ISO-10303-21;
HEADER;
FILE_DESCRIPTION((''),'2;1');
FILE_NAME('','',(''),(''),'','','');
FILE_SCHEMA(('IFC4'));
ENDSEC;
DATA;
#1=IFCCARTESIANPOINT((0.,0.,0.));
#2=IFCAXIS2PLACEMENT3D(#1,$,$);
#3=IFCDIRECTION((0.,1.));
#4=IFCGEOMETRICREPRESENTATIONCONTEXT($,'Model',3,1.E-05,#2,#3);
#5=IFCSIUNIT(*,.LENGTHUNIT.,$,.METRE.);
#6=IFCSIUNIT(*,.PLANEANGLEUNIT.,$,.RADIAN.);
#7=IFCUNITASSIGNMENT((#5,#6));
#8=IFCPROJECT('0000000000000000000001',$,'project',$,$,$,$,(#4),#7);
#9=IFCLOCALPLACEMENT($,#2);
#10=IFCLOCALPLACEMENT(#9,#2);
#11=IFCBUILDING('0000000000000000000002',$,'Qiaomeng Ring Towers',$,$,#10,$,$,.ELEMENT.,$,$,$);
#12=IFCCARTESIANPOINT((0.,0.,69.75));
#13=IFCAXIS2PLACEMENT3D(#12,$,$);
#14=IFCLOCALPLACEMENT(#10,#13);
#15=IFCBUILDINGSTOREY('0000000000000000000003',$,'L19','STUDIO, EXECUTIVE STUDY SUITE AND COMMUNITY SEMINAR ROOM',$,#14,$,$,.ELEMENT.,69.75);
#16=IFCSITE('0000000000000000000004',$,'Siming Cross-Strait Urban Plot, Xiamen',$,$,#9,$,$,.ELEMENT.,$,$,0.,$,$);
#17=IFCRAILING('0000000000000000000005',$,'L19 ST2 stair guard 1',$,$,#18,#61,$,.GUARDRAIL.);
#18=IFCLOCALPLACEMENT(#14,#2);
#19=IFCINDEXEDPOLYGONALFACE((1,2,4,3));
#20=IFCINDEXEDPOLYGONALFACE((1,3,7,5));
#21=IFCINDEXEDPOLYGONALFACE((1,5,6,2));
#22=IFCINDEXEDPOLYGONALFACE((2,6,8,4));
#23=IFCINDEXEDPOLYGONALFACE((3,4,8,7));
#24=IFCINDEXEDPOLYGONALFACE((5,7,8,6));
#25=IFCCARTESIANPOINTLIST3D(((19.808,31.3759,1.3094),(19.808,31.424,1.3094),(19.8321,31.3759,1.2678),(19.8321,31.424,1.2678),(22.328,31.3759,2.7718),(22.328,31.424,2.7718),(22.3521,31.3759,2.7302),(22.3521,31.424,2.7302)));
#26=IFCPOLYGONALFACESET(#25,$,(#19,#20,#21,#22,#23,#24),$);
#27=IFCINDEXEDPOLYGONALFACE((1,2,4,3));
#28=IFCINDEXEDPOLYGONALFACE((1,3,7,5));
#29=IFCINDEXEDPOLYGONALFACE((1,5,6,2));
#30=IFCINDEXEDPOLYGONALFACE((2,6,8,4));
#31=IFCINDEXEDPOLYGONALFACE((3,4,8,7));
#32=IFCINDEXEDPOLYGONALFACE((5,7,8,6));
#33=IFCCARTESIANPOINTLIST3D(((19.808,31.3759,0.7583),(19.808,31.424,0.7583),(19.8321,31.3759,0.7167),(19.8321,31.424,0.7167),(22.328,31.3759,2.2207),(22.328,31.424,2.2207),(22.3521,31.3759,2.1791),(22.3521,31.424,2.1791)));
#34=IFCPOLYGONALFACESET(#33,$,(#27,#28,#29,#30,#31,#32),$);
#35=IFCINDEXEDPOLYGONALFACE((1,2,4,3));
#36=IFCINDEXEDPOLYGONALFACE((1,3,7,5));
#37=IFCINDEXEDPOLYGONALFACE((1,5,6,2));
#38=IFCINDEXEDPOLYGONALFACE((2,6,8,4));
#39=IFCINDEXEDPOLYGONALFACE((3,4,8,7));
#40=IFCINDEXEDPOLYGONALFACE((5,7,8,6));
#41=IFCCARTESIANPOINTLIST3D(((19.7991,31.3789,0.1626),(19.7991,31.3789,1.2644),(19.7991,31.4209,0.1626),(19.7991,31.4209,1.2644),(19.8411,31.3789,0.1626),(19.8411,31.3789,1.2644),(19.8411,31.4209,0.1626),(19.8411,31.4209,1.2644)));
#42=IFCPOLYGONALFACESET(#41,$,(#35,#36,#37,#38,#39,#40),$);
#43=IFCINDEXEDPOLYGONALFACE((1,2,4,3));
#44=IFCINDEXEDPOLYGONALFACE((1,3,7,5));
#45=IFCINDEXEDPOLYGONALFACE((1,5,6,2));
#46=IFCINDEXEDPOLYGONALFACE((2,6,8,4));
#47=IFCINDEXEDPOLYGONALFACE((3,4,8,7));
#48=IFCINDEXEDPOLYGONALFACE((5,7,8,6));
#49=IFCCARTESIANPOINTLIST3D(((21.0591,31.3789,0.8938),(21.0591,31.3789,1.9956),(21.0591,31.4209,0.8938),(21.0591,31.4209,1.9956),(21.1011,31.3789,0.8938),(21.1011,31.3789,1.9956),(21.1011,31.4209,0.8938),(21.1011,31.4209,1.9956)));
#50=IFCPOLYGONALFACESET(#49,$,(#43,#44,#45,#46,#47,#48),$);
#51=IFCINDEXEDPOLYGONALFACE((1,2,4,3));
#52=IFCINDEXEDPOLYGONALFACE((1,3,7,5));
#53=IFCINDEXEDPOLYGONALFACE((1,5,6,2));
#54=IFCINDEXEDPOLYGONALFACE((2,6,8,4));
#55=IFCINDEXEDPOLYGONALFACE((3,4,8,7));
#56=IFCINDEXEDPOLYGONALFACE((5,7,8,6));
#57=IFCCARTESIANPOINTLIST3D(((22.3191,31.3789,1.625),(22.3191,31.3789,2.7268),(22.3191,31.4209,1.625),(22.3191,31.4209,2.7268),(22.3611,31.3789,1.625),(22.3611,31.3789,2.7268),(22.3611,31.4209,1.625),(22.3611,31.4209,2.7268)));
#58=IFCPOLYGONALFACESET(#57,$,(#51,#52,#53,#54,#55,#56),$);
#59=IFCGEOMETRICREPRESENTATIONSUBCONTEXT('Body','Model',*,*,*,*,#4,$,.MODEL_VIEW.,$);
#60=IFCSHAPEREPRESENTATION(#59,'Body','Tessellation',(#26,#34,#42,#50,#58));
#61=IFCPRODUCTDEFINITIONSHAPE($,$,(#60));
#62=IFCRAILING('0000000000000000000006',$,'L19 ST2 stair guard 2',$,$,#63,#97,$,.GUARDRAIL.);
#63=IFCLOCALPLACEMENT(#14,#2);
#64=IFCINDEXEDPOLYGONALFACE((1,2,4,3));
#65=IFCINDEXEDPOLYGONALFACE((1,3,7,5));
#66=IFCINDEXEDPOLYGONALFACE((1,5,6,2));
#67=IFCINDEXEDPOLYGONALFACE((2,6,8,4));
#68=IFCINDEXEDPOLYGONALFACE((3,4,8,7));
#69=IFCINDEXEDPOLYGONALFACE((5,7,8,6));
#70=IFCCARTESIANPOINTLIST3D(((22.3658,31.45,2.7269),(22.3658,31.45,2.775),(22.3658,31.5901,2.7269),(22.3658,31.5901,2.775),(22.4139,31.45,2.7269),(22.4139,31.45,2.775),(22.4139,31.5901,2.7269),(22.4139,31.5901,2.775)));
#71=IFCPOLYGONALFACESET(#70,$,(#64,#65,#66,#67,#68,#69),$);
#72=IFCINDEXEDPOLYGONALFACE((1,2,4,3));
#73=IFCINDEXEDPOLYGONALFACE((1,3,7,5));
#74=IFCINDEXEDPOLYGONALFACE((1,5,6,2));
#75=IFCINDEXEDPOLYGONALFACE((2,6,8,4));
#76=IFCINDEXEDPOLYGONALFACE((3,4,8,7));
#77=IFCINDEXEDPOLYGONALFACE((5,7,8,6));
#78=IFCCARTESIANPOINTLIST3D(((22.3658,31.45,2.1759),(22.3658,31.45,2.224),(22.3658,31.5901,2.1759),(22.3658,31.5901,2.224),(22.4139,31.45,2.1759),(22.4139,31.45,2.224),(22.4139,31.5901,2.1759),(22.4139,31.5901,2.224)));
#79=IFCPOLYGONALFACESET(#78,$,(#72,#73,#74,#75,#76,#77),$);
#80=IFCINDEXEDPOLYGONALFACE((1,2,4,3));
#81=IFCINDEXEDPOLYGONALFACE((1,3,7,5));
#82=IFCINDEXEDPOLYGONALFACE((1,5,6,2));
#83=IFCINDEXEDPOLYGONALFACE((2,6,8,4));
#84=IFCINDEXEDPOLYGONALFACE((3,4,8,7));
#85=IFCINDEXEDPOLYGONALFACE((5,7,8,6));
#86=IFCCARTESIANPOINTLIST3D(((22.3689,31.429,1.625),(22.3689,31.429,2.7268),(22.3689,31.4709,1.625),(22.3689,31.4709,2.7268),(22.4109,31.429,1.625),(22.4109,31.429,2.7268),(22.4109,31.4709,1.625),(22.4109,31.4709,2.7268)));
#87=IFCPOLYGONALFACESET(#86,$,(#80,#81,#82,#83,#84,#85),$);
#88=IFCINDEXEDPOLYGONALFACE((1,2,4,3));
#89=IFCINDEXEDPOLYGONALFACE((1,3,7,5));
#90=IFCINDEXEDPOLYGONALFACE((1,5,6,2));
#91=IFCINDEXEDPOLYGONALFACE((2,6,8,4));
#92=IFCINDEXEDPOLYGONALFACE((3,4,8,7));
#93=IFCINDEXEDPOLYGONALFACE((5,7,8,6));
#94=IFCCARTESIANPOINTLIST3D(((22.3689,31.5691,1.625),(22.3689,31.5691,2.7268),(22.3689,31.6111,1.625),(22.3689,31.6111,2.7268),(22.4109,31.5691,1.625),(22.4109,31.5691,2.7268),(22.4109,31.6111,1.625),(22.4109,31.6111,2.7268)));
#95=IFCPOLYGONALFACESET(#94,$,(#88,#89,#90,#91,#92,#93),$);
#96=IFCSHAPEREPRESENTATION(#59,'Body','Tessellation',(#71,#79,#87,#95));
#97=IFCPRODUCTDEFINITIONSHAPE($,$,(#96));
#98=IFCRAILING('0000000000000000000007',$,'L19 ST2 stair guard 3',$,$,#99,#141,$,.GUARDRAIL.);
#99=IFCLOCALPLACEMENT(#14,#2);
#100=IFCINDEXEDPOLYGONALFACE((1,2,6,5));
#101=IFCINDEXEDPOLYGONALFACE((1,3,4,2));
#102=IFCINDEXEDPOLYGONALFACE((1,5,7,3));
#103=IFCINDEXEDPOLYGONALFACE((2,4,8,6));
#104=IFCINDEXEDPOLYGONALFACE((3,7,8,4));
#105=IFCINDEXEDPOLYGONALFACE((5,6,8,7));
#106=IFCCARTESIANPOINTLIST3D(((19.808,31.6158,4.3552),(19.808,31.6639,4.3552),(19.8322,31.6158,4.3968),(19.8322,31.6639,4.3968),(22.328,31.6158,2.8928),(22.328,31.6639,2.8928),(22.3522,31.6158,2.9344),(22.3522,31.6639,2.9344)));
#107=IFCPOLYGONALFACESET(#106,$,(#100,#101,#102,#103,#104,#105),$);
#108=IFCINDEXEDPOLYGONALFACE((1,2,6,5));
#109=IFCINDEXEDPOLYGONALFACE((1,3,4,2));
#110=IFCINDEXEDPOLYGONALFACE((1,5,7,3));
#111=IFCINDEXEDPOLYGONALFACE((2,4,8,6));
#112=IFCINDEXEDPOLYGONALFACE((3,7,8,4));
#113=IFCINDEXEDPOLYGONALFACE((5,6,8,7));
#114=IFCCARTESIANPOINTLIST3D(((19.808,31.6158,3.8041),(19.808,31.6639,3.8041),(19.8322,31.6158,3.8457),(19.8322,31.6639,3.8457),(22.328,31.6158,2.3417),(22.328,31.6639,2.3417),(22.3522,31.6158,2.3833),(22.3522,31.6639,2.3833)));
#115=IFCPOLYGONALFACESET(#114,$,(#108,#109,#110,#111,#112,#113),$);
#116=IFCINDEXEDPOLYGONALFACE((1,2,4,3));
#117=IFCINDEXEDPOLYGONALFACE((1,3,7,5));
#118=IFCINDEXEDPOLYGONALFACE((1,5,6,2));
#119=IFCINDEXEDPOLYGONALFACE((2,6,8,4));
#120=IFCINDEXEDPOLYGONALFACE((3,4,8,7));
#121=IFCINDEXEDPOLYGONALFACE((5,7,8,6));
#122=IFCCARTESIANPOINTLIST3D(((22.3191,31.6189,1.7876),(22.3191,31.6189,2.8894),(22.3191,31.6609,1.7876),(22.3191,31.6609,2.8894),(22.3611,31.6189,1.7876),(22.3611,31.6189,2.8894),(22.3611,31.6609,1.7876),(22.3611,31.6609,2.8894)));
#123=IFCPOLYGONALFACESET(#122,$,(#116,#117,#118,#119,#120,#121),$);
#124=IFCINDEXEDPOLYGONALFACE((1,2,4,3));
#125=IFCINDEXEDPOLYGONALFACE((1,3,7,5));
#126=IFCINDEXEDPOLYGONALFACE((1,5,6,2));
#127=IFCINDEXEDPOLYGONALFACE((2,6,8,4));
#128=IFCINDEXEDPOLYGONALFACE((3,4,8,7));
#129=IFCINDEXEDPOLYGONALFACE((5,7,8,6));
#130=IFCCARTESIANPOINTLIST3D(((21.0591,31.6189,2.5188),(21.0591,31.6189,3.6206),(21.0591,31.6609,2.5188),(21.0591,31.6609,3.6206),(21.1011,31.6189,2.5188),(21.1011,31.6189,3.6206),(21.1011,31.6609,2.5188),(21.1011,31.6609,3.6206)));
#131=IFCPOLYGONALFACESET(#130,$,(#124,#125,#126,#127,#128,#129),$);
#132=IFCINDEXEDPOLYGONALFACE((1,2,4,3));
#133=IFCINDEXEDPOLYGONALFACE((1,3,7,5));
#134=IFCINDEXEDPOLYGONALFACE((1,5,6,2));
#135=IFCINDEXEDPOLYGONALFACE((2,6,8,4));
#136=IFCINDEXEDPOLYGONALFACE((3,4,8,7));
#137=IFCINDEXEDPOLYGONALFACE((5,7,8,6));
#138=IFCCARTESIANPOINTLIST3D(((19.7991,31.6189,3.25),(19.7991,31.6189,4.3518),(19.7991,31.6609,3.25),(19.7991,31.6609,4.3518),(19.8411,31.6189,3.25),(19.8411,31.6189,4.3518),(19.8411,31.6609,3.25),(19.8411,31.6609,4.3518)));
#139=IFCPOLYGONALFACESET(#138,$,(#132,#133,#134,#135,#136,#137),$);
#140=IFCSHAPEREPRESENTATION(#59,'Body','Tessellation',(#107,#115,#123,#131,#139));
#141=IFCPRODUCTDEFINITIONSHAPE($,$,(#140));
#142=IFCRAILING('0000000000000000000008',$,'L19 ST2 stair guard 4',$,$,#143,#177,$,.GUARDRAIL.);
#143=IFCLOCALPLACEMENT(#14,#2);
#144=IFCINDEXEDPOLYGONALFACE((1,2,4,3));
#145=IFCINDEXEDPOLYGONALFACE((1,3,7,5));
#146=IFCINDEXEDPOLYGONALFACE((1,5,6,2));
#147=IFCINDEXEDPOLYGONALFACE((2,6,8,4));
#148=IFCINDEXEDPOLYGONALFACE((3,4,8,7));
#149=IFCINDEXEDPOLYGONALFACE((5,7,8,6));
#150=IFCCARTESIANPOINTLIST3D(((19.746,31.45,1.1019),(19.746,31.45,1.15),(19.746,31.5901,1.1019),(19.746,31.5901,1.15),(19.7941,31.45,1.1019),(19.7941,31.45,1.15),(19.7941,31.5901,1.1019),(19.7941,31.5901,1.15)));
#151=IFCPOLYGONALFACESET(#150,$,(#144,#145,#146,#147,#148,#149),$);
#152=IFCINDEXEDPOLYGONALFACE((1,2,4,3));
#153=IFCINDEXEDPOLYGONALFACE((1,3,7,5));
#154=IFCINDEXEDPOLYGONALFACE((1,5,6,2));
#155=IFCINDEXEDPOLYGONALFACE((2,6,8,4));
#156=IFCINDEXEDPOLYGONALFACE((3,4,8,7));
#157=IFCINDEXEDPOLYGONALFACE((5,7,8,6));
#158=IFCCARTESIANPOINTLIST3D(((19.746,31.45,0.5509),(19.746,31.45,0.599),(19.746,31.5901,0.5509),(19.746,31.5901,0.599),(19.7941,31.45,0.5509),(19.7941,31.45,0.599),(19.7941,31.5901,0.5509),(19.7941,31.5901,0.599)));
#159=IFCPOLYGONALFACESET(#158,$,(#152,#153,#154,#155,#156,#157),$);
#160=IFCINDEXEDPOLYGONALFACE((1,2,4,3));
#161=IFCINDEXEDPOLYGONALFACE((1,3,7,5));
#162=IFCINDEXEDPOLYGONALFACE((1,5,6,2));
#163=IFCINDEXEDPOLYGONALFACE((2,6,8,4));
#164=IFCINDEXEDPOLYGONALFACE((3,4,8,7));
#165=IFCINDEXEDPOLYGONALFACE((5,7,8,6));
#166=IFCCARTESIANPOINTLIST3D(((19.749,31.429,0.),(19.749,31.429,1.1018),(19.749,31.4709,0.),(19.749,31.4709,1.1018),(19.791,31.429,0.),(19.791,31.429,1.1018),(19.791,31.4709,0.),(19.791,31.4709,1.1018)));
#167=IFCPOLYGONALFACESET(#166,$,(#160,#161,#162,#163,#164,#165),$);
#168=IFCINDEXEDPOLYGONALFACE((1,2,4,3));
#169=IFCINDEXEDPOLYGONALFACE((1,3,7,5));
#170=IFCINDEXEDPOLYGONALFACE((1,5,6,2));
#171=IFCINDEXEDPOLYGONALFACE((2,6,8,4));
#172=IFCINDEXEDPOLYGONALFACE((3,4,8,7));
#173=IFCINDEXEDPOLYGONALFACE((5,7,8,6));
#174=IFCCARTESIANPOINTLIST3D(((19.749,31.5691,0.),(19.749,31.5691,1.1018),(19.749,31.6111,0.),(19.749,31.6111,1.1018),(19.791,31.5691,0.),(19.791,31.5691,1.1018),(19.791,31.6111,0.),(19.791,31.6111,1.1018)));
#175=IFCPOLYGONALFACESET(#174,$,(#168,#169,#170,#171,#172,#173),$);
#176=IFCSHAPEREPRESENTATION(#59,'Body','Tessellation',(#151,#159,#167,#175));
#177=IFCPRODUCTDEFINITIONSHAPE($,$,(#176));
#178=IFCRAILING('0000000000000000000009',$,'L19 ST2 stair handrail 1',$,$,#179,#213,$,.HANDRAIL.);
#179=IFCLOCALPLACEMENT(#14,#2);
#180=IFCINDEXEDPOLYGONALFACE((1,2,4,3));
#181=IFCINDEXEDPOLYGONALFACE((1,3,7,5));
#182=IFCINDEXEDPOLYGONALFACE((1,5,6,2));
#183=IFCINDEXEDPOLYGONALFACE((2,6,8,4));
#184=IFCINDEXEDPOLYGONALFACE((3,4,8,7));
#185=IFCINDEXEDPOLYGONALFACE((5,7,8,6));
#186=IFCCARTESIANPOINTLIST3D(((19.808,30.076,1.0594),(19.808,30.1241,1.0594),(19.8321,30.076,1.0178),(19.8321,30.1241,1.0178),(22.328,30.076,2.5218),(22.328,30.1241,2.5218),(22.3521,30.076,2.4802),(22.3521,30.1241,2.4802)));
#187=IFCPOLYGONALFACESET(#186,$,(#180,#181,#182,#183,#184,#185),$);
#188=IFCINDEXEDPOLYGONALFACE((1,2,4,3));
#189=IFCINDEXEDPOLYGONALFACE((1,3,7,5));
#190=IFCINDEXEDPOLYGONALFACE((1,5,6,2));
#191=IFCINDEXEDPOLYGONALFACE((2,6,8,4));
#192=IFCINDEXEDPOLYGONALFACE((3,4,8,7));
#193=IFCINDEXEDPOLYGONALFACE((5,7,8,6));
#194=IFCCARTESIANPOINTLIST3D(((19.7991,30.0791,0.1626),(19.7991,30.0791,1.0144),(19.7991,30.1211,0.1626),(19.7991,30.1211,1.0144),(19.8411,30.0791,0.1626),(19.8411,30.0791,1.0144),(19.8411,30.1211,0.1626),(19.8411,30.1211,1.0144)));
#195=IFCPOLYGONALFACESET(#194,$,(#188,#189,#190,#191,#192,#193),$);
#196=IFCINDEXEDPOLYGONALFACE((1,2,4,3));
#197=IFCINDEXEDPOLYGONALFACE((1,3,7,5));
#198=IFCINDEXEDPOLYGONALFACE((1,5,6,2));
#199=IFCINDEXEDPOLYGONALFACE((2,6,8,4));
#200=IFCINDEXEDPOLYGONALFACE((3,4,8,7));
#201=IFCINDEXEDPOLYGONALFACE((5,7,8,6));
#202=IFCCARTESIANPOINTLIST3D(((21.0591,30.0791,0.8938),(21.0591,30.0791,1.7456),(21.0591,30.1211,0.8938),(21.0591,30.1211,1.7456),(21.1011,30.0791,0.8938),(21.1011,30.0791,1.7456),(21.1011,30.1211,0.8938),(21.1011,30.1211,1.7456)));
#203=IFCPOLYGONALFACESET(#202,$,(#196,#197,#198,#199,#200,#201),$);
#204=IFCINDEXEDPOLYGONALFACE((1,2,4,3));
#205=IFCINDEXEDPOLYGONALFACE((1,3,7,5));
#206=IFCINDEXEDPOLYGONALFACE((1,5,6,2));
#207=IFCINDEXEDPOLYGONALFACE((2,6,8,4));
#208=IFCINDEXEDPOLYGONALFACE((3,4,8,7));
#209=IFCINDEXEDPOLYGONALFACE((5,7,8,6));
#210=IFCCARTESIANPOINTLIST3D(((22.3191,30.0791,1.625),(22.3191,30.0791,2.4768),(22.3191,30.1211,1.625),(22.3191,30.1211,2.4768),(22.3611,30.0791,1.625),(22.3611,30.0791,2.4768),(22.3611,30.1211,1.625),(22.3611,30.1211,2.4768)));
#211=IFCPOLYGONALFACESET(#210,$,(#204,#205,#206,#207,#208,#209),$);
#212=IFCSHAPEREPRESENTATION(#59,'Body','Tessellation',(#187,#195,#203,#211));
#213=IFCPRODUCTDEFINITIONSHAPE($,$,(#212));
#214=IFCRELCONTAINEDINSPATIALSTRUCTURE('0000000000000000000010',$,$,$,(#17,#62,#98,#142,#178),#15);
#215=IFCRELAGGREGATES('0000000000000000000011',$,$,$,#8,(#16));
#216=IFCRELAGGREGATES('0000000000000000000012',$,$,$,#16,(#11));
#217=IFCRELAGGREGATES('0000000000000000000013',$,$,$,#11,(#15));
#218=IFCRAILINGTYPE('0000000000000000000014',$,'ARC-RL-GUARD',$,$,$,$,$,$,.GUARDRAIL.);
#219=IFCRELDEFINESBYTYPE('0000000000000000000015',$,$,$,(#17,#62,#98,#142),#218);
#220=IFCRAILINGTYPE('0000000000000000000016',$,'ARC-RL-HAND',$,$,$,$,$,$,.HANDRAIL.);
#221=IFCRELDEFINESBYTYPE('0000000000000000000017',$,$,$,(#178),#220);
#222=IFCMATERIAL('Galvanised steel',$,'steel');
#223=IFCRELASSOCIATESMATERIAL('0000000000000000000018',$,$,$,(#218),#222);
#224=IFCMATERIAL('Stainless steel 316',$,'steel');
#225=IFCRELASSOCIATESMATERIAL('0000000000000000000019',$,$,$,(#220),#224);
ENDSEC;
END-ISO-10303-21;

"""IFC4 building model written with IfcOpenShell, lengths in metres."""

from ifc_helpers import new_model, si_unit, direction, frame, origin, origin_2d, place, context, subcontext, project, spatial, rectangle, extrude, material, type_object, element, save


model = new_model("IFC4")

# Units and contexts
model_context = context("Model", 3, precision=1e-05, world=origin(), true_north=direction((0.0, 1.0)))
body_context = subcontext(model_context, "Body", "Model", "MODEL_VIEW")
ifc_project = project(units=[si_unit("LENGTHUNIT", "METRE"), si_unit("PLANEANGLEUNIT", "RADIAN")], contexts=[model_context])

# Site, building, storey
site_placement = place(None, origin())
site = spatial("IfcSite", under=ifc_project, at=site_placement, Name="Siming Cross-Strait Urban Plot, Xiamen", CompositionType="ELEMENT", RefElevation=0.0)
building_placement = place(site_placement, origin())
building = spatial("IfcBuilding", under=site, at=building_placement, Name="Qiaomeng Ring Towers", CompositionType="ELEMENT")
storey_placement = place(building_placement, frame((0.0, 0.0, 69.75)))
storey = spatial("IfcBuildingStorey", under=building, at=storey_placement, Name="L19", Description="STUDIO, EXECUTIVE STUDY SUITE AND COMMUNITY SEMINAR ROOM", CompositionType="ELEMENT", Elevation=69.75)

# Shared definitions
ifc_material_1 = material(Name="Stainless steel 316", Category="steel")

# Railings
ifc_material_2 = material(Name="Galvanised steel", Category="steel")
railing_type_1 = type_object("IfcRailingType", Name="ARC-RL-GUARD", PredefinedType="GUARDRAIL", material=ifc_material_2)
railing_1_placement = place(storey_placement, frame((19.8201, 31.3999, 0.1626)))
element("IfcRailing", 1, at=railing_1_placement, inside=storey, type_object=railing_type_1, Name="L19 ST2 stair guard 1", PredefinedType="GUARDRAIL", context=body_context, shape_type="SweptSolid", body=[
    extrude(rectangle(XDim=0.0481, YDim=0.0481, at=origin_2d()), frame((0.0, 0.0, 1.126), z_axis=(0.864913, 0.0, 0.501921), x_axis=(0.0, 1.0, 0.0)), (0.0, 0.0, 1.0), 2.9136),
    extrude(rectangle(XDim=0.0481, YDim=0.0481, at=origin_2d()), frame((0.0, 0.0, 0.575), z_axis=(0.864913, 0.0, 0.501921), x_axis=(0.0, 1.0, 0.0)), (0.0, 0.0, 1.0), 2.9136),
    extrude(rectangle(XDim=0.042, YDim=0.042, at=origin_2d()), origin(), (0.0, 0.0, 1.0), 1.1018),
    extrude(rectangle(XDim=0.042, YDim=0.042, at=origin_2d()), frame((1.26, 0.0, 0.7312)), (0.0, 0.0, 1.0), 1.1018),
    extrude(rectangle(XDim=0.042, YDim=0.042, at=origin_2d()), frame((2.52, 0.0, 1.4624)), (0.0, 0.0, 1.0), 1.1018),
])
railing_2_placement = place(storey_placement, frame((22.3899, 31.45, 1.625)))
element("IfcRailing", 2, at=railing_2_placement, inside=storey, type_object=railing_type_1, Name="L19 ST2 stair guard 2", PredefinedType="GUARDRAIL", context=body_context, shape_type="SweptSolid", body=[
    extrude(rectangle(XDim=0.0481, YDim=0.0481, at=origin_2d()), frame((0.0, 0.0, 1.126), z_axis=(0.0, 1.0, 0.0), x_axis=(-1.0, 0.0, 0.0)), (0.0, 0.0, 1.0), 0.1401),
    extrude(rectangle(XDim=0.0481, YDim=0.0481, at=origin_2d()), frame((0.0, 0.0, 0.575), z_axis=(0.0, 1.0, 0.0), x_axis=(-1.0, 0.0, 0.0)), (0.0, 0.0, 1.0), 0.1401),
    extrude(rectangle(XDim=0.042, YDim=0.042, at=origin_2d()), origin(), (0.0, 0.0, 1.0), 1.1018),
    extrude(rectangle(XDim=0.042, YDim=0.042, at=origin_2d()), frame((0.0, 0.1401, 0.0)), (0.0, 0.0, 1.0), 1.1018),
])
railing_3_placement = place(storey_placement, frame((22.3401, 31.6399, 1.7876)))
element("IfcRailing", 3, at=railing_3_placement, inside=storey, type_object=railing_type_1, Name="L19 ST2 stair guard 3", PredefinedType="GUARDRAIL", context=body_context, shape_type="SweptSolid", body=[
    extrude(rectangle(XDim=0.0481, YDim=0.0481, at=origin_2d()), frame((0.0, 0.0, 1.126), z_axis=(-0.864913, 0.0, 0.501921), x_axis=(0.0, -1.0, 0.0)), (0.0, 0.0, 1.0), 2.9136),
    extrude(rectangle(XDim=0.0481, YDim=0.0481, at=origin_2d()), frame((0.0, 0.0, 0.575), z_axis=(-0.864913, 0.0, 0.501921), x_axis=(0.0, -1.0, 0.0)), (0.0, 0.0, 1.0), 2.9136),
    extrude(rectangle(XDim=0.042, YDim=0.042, at=origin_2d()), origin(), (0.0, 0.0, 1.0), 1.1018),
    extrude(rectangle(XDim=0.042, YDim=0.042, at=origin_2d()), frame((-1.26, 0.0, 0.7312)), (0.0, 0.0, 1.0), 1.1018),
    extrude(rectangle(XDim=0.042, YDim=0.042, at=origin_2d()), frame((-2.52, 0.0, 1.4624)), (0.0, 0.0, 1.0), 1.1018),
])
railing_4_placement = place(storey_placement, frame((19.77, 31.45, 0.0)))
element("IfcRailing", 4, at=railing_4_placement, inside=storey, type_object=railing_type_1, Name="L19 ST2 stair guard 4", PredefinedType="GUARDRAIL", context=body_context, shape_type="SweptSolid", body=[
    extrude(rectangle(XDim=0.0481, YDim=0.0481, at=origin_2d()), frame((0.0, 0.0, 1.126), z_axis=(0.0, 1.0, 0.0), x_axis=(-1.0, 0.0, 0.0)), (0.0, 0.0, 1.0), 0.1401),
    extrude(rectangle(XDim=0.0481, YDim=0.0481, at=origin_2d()), frame((0.0, 0.0, 0.575), z_axis=(0.0, 1.0, 0.0), x_axis=(-1.0, 0.0, 0.0)), (0.0, 0.0, 1.0), 0.1401),
    extrude(rectangle(XDim=0.042, YDim=0.042, at=origin_2d()), origin(), (0.0, 0.0, 1.0), 1.1018),
    extrude(rectangle(XDim=0.042, YDim=0.042, at=origin_2d()), frame((0.0, 0.1401, 0.0)), (0.0, 0.0, 1.0), 1.1018),
])
railing_type_2 = type_object("IfcRailingType", Name="ARC-RL-HAND", PredefinedType="HANDRAIL", material=ifc_material_1)
railing_5_placement = place(storey_placement, frame((19.8201, 30.1001, 0.1626)))
element("IfcRailing", 5, at=railing_5_placement, inside=storey, type_object=railing_type_2, Name="L19 ST2 stair handrail 1", PredefinedType="HANDRAIL", context=body_context, shape_type="SweptSolid", body=[
    extrude(rectangle(XDim=0.0481, YDim=0.0481, at=origin_2d()), frame((0.0, 0.0, 0.876), z_axis=(0.864913, 0.0, 0.501921), x_axis=(0.0, 1.0, 0.0)), (0.0, 0.0, 1.0), 2.9136),
    extrude(rectangle(XDim=0.042, YDim=0.042, at=origin_2d()), origin(), (0.0, 0.0, 1.0), 0.8518),
    extrude(rectangle(XDim=0.042, YDim=0.042, at=origin_2d()), frame((1.26, 0.0, 0.7312)), (0.0, 0.0, 1.0), 0.8518),
    extrude(rectangle(XDim=0.042, YDim=0.042, at=origin_2d()), frame((2.52, 0.0, 1.4624)), (0.0, 0.0, 1.0), 0.8518),
])

save(model, "model.ifc")
